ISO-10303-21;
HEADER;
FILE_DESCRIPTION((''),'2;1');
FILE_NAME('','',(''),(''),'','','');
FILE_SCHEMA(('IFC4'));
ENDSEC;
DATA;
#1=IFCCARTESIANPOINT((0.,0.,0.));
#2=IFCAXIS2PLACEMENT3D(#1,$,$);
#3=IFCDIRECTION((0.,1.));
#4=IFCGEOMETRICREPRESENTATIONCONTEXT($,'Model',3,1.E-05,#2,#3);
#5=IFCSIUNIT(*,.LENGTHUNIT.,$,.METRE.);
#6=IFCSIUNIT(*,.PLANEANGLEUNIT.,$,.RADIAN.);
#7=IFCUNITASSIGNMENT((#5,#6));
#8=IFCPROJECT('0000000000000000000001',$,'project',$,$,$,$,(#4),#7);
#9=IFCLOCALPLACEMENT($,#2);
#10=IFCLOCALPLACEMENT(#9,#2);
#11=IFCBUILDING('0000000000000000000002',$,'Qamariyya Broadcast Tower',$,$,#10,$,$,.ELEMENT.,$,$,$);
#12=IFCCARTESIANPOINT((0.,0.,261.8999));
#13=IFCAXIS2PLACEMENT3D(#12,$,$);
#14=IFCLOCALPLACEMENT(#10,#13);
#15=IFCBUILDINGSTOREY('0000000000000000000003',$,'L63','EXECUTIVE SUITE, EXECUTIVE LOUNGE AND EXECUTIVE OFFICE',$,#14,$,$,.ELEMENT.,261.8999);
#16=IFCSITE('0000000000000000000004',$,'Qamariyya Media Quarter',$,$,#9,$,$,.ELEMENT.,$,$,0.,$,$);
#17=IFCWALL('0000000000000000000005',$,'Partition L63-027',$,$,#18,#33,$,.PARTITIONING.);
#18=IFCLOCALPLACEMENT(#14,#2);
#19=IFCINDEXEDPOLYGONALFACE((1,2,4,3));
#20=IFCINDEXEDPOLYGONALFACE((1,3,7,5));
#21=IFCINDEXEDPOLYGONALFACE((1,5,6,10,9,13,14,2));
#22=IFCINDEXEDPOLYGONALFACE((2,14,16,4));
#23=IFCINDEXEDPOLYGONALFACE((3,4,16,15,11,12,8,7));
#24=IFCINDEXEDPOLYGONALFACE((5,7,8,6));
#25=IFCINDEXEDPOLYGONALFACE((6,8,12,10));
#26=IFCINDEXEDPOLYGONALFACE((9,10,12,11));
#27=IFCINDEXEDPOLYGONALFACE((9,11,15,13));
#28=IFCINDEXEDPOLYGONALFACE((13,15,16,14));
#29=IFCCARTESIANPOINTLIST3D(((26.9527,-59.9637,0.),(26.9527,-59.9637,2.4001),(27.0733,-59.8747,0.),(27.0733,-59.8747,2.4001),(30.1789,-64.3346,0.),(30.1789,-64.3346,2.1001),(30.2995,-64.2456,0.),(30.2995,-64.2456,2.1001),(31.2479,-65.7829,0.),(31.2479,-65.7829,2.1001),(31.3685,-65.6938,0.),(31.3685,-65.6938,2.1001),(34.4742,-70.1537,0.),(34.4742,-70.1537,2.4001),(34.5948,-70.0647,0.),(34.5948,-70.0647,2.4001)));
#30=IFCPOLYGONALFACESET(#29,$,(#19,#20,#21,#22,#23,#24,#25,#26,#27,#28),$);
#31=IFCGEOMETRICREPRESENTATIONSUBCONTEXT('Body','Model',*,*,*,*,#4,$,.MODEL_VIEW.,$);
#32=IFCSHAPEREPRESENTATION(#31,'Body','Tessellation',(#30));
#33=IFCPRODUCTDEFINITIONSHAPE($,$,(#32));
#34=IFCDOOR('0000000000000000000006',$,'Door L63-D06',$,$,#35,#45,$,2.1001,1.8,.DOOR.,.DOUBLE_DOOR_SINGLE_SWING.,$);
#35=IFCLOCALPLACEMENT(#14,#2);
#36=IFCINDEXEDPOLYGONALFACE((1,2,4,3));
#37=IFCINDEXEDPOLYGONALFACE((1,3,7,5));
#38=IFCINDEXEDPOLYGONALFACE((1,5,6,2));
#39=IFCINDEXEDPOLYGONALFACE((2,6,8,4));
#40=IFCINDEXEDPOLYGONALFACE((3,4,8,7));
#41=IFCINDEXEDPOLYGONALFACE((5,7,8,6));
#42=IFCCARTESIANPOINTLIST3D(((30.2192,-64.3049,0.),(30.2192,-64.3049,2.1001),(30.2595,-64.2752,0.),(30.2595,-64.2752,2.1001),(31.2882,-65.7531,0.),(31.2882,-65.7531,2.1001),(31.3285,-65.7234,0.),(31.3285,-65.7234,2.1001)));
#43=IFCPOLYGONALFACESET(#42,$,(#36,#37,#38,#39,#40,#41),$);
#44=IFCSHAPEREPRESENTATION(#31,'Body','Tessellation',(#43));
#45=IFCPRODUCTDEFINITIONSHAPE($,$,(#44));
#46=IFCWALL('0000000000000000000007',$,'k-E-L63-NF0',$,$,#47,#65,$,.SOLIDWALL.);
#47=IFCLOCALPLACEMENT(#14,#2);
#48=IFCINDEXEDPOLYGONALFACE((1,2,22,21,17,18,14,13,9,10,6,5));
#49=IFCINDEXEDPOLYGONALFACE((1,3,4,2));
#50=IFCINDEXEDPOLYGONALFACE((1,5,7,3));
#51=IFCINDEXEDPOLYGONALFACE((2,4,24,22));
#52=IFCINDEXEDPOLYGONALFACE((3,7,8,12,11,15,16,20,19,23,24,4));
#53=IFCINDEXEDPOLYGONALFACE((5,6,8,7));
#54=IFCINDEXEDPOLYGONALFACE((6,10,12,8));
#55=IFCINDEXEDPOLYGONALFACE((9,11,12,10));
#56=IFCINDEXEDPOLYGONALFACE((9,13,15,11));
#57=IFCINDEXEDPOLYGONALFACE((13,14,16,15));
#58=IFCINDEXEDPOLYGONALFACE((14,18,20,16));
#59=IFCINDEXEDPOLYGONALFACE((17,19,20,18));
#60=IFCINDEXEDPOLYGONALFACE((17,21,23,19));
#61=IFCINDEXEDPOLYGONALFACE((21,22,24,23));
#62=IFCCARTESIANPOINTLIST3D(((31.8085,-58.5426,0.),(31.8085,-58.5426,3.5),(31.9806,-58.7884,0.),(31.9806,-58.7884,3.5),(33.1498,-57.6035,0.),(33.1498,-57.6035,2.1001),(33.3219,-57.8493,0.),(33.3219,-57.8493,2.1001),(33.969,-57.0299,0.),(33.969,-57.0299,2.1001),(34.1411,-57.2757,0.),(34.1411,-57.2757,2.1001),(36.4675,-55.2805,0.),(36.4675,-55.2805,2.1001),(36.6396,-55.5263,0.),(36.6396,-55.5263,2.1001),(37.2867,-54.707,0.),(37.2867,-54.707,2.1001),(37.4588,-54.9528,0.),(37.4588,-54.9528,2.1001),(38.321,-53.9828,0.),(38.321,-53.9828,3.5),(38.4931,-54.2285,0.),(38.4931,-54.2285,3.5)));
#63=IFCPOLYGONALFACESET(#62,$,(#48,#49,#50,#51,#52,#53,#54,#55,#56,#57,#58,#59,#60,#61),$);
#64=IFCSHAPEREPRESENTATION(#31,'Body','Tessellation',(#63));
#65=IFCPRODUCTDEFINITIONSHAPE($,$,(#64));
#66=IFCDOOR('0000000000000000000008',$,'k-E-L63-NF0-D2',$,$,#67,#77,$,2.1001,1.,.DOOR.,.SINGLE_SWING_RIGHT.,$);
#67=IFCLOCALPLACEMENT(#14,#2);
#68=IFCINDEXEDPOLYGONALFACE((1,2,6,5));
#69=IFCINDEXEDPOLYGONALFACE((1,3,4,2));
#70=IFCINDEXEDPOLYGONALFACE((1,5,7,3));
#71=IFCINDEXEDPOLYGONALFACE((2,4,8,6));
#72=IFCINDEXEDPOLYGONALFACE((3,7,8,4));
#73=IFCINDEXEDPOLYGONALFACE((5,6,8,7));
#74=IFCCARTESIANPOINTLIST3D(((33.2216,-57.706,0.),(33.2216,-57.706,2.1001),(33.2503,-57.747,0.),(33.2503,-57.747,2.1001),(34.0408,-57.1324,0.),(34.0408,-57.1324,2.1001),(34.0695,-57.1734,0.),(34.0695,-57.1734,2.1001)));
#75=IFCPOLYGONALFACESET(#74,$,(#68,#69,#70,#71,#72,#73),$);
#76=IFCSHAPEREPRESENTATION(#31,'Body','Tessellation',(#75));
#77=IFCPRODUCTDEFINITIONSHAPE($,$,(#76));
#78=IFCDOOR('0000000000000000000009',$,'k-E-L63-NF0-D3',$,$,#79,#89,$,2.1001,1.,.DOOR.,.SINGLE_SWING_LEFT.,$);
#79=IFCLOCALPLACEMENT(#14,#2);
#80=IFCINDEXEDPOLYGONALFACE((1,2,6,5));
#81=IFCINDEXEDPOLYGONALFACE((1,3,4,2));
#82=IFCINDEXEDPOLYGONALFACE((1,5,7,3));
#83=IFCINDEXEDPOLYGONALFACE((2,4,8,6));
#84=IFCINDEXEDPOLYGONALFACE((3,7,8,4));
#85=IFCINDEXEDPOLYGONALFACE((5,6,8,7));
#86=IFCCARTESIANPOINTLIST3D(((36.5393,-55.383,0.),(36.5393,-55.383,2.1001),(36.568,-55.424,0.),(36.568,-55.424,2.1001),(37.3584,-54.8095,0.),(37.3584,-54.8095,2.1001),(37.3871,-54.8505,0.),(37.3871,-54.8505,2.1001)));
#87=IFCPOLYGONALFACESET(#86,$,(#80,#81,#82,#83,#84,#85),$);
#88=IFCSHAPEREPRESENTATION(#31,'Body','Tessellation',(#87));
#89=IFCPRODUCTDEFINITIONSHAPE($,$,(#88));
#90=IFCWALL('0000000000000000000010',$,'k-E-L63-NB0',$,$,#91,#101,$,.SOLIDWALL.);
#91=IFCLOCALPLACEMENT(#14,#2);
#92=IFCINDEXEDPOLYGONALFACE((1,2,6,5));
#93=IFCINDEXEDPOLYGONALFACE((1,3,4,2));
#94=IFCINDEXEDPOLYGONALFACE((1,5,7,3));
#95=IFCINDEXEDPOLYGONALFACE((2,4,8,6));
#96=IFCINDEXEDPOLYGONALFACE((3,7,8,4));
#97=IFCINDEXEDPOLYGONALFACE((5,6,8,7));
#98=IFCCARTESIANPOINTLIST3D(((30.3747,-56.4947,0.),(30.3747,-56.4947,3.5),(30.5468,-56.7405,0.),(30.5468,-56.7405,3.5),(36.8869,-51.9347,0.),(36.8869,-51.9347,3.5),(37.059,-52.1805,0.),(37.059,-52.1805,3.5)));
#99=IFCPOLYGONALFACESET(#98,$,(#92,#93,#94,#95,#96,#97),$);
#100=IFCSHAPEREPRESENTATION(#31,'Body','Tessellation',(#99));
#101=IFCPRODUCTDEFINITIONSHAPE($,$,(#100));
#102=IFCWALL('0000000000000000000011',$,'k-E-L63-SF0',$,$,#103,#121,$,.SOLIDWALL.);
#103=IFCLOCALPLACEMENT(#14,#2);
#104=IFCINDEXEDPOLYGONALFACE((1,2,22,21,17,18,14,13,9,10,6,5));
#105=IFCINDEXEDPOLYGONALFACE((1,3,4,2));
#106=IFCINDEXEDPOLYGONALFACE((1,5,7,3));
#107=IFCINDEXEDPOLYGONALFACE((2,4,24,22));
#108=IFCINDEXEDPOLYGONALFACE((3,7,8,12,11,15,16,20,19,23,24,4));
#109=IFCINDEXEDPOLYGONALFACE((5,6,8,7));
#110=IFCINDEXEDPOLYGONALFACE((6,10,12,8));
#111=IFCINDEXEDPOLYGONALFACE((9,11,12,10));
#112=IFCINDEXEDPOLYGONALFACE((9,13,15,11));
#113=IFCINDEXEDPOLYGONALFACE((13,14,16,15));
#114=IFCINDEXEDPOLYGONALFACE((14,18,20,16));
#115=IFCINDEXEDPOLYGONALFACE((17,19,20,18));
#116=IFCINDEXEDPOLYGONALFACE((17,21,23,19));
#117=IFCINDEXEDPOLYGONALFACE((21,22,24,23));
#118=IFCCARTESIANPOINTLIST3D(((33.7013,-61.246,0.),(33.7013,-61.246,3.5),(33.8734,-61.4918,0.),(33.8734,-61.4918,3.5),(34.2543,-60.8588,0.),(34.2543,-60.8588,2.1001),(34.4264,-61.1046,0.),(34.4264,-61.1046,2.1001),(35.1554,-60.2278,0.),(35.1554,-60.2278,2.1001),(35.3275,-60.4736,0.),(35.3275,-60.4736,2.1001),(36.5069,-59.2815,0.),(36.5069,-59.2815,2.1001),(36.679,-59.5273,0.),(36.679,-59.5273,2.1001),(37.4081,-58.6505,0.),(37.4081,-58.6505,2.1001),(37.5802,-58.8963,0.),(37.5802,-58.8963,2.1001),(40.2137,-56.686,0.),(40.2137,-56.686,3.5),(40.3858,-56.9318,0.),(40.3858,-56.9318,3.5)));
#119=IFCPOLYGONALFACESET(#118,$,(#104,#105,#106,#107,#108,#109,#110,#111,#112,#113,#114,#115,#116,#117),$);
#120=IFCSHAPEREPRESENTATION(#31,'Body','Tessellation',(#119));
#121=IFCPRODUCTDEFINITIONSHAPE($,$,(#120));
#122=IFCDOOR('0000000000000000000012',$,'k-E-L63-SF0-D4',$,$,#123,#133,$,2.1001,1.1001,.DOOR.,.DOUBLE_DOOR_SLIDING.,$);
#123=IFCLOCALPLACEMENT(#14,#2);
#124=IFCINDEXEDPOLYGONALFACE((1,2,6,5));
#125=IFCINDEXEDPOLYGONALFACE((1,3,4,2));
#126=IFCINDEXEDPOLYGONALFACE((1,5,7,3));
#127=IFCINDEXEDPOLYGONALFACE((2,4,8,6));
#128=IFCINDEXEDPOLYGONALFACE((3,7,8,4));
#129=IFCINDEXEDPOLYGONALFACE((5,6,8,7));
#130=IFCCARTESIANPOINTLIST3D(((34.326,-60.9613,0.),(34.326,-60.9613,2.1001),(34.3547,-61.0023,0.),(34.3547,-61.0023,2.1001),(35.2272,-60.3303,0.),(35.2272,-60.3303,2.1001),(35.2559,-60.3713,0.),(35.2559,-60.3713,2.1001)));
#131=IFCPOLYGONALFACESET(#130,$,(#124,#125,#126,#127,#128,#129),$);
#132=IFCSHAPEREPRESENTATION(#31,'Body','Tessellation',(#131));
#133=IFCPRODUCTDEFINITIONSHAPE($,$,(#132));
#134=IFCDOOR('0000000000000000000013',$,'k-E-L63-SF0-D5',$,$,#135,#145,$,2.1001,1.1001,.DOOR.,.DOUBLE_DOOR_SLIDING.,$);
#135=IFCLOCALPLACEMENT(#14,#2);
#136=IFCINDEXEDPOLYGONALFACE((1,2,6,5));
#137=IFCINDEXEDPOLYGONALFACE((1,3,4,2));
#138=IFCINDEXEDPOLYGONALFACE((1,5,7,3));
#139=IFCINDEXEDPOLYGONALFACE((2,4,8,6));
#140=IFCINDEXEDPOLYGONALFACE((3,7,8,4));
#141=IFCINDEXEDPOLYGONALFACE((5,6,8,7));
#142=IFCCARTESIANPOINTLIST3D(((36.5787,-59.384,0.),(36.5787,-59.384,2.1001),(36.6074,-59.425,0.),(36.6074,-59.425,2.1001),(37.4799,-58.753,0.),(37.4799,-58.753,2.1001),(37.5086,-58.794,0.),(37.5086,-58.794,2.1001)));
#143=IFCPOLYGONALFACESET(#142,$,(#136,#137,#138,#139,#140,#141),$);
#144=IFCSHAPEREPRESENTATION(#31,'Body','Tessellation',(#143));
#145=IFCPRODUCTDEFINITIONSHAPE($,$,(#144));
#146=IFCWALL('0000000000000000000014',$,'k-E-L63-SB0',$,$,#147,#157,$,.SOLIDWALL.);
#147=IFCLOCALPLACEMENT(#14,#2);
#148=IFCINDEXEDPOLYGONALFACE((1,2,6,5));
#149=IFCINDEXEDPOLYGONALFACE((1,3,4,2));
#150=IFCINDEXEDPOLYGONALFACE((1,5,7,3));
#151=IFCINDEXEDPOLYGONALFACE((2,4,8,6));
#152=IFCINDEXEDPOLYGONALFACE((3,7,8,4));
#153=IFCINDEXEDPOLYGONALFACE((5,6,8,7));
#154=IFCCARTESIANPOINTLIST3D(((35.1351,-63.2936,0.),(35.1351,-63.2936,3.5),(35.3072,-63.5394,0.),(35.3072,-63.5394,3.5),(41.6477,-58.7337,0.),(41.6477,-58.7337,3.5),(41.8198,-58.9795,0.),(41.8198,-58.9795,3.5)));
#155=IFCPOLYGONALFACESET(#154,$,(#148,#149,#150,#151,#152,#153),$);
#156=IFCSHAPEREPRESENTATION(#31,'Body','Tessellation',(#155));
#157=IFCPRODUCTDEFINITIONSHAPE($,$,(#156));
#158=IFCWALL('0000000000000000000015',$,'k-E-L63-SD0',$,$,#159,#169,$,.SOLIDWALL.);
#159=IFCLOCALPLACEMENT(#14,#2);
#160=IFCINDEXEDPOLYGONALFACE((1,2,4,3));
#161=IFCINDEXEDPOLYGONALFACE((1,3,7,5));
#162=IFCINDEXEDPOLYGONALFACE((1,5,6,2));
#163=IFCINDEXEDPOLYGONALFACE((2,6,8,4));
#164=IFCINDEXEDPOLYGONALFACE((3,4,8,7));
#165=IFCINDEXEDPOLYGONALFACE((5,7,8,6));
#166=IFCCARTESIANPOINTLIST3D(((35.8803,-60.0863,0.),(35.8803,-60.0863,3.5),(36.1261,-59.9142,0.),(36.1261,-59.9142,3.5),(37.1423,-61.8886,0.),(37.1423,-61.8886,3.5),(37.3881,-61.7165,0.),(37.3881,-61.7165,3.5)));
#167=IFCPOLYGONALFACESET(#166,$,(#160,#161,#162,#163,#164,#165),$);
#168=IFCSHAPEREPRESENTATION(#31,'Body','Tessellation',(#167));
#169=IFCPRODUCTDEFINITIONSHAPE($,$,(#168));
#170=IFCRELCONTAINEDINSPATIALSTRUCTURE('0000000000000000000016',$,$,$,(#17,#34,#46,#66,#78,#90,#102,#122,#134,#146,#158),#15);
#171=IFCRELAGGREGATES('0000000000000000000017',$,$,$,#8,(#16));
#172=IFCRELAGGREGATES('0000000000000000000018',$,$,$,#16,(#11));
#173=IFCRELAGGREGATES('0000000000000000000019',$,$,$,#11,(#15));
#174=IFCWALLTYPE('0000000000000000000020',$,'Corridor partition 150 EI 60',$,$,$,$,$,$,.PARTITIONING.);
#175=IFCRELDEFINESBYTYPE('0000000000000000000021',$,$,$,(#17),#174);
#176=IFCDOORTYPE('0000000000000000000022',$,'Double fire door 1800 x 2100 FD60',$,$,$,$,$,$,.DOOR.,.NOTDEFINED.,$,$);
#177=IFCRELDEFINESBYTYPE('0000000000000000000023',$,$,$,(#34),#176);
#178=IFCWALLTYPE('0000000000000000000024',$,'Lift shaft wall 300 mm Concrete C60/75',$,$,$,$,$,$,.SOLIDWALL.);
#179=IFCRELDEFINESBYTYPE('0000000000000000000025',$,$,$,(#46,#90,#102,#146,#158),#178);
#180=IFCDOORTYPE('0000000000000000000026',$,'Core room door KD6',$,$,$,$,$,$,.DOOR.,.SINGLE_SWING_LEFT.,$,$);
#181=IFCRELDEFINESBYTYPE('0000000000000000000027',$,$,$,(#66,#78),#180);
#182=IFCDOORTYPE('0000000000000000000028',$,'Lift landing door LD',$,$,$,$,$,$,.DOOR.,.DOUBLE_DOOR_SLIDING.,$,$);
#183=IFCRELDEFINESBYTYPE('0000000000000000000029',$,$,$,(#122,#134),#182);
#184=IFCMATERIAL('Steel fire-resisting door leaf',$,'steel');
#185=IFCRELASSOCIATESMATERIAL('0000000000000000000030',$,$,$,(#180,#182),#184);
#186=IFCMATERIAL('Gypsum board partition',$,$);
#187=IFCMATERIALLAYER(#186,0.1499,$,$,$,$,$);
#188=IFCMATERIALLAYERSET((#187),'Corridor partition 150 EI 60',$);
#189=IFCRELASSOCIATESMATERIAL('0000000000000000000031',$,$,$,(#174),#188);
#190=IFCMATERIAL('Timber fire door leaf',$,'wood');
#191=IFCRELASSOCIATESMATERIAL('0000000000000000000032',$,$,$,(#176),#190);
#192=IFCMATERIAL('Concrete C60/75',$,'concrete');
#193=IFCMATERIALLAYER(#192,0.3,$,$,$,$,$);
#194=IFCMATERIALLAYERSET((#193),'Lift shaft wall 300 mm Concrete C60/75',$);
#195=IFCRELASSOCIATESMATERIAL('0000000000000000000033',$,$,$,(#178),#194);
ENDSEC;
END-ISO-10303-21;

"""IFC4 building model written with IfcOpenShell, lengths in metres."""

from ifc_helpers import new_model, si_unit, direction, frame, frame_2d, origin, place, context, subcontext, project, spatial, rectangle, extrude, material, layer, layer_set, type_object, element, fill, save


model = new_model("IFC4")

# Units and contexts
model_context = context("Model", 3, precision=1e-05, world=origin(), true_north=direction((0.0, 1.0)))
body_context = subcontext(model_context, "Body", "Model", "MODEL_VIEW")
ifc_project = project(units=[si_unit("LENGTHUNIT", "METRE"), si_unit("PLANEANGLEUNIT", "RADIAN")], contexts=[model_context])

# Site, building, storey
site_placement = place(None, origin())
site = spatial("IfcSite", under=ifc_project, at=site_placement, Name="Qamariyya Media Quarter", CompositionType="ELEMENT", RefElevation=0.0)
building_placement = place(site_placement, origin())
building = spatial("IfcBuilding", under=site, at=building_placement, Name="Qamariyya Broadcast Tower", CompositionType="ELEMENT")
storey_placement = place(building_placement, frame((0.0, 0.0, 261.8999)))
storey = spatial("IfcBuildingStorey", under=building, at=storey_placement, Name="L63", Description="EXECUTIVE SUITE, EXECUTIVE LOUNGE AND EXECUTIVE OFFICE", CompositionType="ELEMENT", Elevation=261.8999)

# Shared definitions
ifc_material_1 = material(Name="Concrete C60/75", Category="concrete")
ifc_material_2 = material(Name="Steel fire-resisting door leaf", Category="steel")

# Shared definitions
door_type_1 = type_object("IfcDoorType", Name="Core room door KD6", OperationType="SINGLE_SWING_LEFT", PredefinedType="DOOR", material=ifc_material_2)

# Wall, opening, door
ifc_material_3 = material(Name="Gypsum board partition")
ifc_layer_1 = layer(ifc_material_3, 0.1499)
ifc_layer_set_1 = layer_set([ifc_layer_1], Name="Corridor partition 150 EI 60")
wall_type_1 = type_object("IfcWallType", Name="Corridor partition 150 EI 60", PredefinedType="PARTITIONING", material=ifc_layer_set_1)
wall_1_placement = place(storey_placement, frame((34.5344, -70.1091, 0.0), z_axis=(0.0, 0.0, 1.0), x_axis=(-0.59387, 0.804561, 0.0)))
wall_1 = element("IfcWall", 1, at=wall_1_placement, inside=storey, type_object=wall_type_1, Name="Partition L63-027", PredefinedType="PARTITIONING", context=body_context, shape_type="SweptSolid", body=[
    extrude(rectangle(XDim=12.6653, YDim=0.1499, at=frame_2d((6.3325, 0.0))), origin(), (0.0, 0.0, 1.0), 2.4001),
])
opening_1_placement = place(wall_1_placement, frame((5.4326, 0.0, 0.0)))
opening_1 = element("IfcOpeningElement", 2, at=opening_1_placement, cuts=wall_1, PredefinedType="OPENING", context=body_context, shape_type="SweptSolid", body=[
    extrude(rectangle(XDim=1.8, YDim=2.1001, at=frame_2d((0.8999, 1.05))), frame((0.0, 0.085, 0.0), z_axis=(0.0, -1.0, 0.0), x_axis=(1.0, 0.0, 0.0)), (0.0, 0.0, 1.0), 0.1699),
])
ifc_material_4 = material(Name="Timber fire door leaf", Category="wood")
door_type_2 = type_object("IfcDoorType", Name="Double fire door 1800 x 2100 FD60", OperationType="NOTDEFINED", PredefinedType="DOOR", material=ifc_material_4)
door_1_placement = place(opening_1_placement, origin())
door_1 = element("IfcDoor", 3, at=door_1_placement, inside=storey, type_object=door_type_2, Name="Door L63-D06", OperationType="DOUBLE_DOOR_SINGLE_SWING", OverallHeight=2.1001, OverallWidth=1.8, PredefinedType="DOOR", context=body_context, shape_type="SweptSolid", body=[
    extrude(rectangle(XDim=1.8, YDim=2.1001, at=frame_2d((0.8999, 1.05))), frame((0.0, 0.0249, 0.0), z_axis=(0.0, -1.0, 0.0), x_axis=(1.0, 0.0, 0.0)), (0.0, 0.0, 1.0), 0.05),
])
fill(opening_1, door_1)

# Wall, openings, doors
ifc_layer_2 = layer(ifc_material_1, 0.3)
ifc_layer_set_2 = layer_set([ifc_layer_2], Name="Lift shaft wall 300 mm Concrete C60/75")
wall_type_2 = type_object("IfcWallType", Name="Lift shaft wall 300 mm Concrete C60/75", PredefinedType="SOLIDWALL", material=ifc_layer_set_2)
wall_2_placement = place(storey_placement, frame((31.8945, -58.6655, 0.0), z_axis=(0.0, 0.0, 1.0), x_axis=(0.819167, 0.573555, 0.0)))
wall_2 = element("IfcWall", 4, at=wall_2_placement, inside=storey, type_object=wall_type_2, Name="k-E-L63-NF0", PredefinedType="SOLIDWALL", context=body_context, shape_type="SweptSolid", body=[
    extrude(rectangle(XDim=7.9502, YDim=0.3, at=frame_2d((3.9751, 0.0))), origin(), (0.0, 0.0, 1.0), 3.5),
])
opening_2_placement = place(wall_2_placement, frame((1.6375, 0.0, 0.0)))
opening_2 = element("IfcOpeningElement", 5, at=opening_2_placement, cuts=wall_2, PredefinedType="OPENING", context=body_context, shape_type="SweptSolid", body=[
    extrude(rectangle(XDim=1.0, YDim=2.1001, at=frame_2d((0.5, 1.05))), frame((0.0, 0.1599, 0.0), z_axis=(0.0, -1.0, 0.0), x_axis=(1.0, 0.0, 0.0)), (0.0, 0.0, 1.0), 0.3201),
])
opening_3_placement = place(wall_2_placement, frame((5.6875, 0.0, 0.0)))
opening_3 = element("IfcOpeningElement", 6, at=opening_3_placement, cuts=wall_2, PredefinedType="OPENING", context=body_context, shape_type="SweptSolid", body=[
    extrude(rectangle(XDim=1.0, YDim=2.1001, at=frame_2d((0.5, 1.05))), frame((0.0, 0.1599, 0.0), z_axis=(0.0, -1.0, 0.0), x_axis=(1.0, 0.0, 0.0)), (0.0, 0.0, 1.0), 0.3201),
])
door_2_placement = place(opening_2_placement, origin())
door_2 = element("IfcDoor", 7, at=door_2_placement, inside=storey, type_object=door_type_1, Name="k-E-L63-NF0-D2", OperationType="SINGLE_SWING_RIGHT", OverallHeight=2.1001, OverallWidth=1.0, PredefinedType="DOOR", context=body_context, shape_type="SweptSolid", body=[
    extrude(rectangle(XDim=1.0, YDim=2.1001, at=frame_2d((0.5, 1.05))), frame((0.0, 0.0249, 0.0), z_axis=(0.0, -1.0, 0.0), x_axis=(1.0, 0.0, 0.0)), (0.0, 0.0, 1.0), 0.05),
])
fill(opening_2, door_2)
door_3_placement = place(opening_3_placement, origin())
door_3 = element("IfcDoor", 8, at=door_3_placement, inside=storey, type_object=door_type_1, Name="k-E-L63-NF0-D3", OperationType="SINGLE_SWING_LEFT", OverallHeight=2.1001, OverallWidth=1.0, PredefinedType="DOOR", context=body_context, shape_type="SweptSolid", body=[
    extrude(rectangle(XDim=1.0, YDim=2.1001, at=frame_2d((0.5, 1.05))), frame((0.0, 0.0249, 0.0), z_axis=(0.0, -1.0, 0.0), x_axis=(1.0, 0.0, 0.0)), (0.0, 0.0, 1.0), 0.05),
])
fill(opening_3, door_3)

# Wall
wall_3_placement = place(storey_placement, frame((30.4607, -56.6177, 0.0), z_axis=(0.0, 0.0, 1.0), x_axis=(0.819142, 0.57359, 0.0)))
element("IfcWall", 9, at=wall_3_placement, inside=storey, type_object=wall_type_2, Name="k-E-L63-NB0", PredefinedType="SOLIDWALL", context=body_context, shape_type="SweptSolid", body=[
    extrude(rectangle(XDim=7.95, YDim=0.3, at=frame_2d((3.9751, 0.0))), origin(), (0.0, 0.0, 1.0), 3.5),
])

# Wall, openings, doors
wall_4_placement = place(storey_placement, frame((33.7874, -61.3689, 0.0), z_axis=(0.0, 0.0, 1.0), x_axis=(0.819153, 0.573576, 0.0)))
wall_4 = element("IfcWall", 10, at=wall_4_placement, inside=storey, type_object=wall_type_2, Name="k-E-L63-SF0", PredefinedType="SOLIDWALL", context=body_context, shape_type="SweptSolid", body=[
    extrude(rectangle(XDim=7.9502, YDim=0.3, at=frame_2d((3.9751, 0.0))), origin(), (0.0, 0.0, 1.0), 3.5),
])
opening_4_placement = place(wall_4_placement, frame((0.675, 0.0, 0.0)))
opening_4 = element("IfcOpeningElement", 11, at=opening_4_placement, cuts=wall_4, PredefinedType="OPENING", context=body_context, shape_type="SweptSolid", body=[
    extrude(rectangle(XDim=1.1001, YDim=2.1001, at=frame_2d((0.55, 1.05))), frame((0.0, 0.1599, 0.0), z_axis=(0.0, -1.0, 0.0), x_axis=(1.0, 0.0, 0.0)), (0.0, 0.0, 1.0), 0.3201),
])
opening_5_placement = place(wall_4_placement, frame((3.425, 0.0, 0.0)))
opening_5 = element("IfcOpeningElement", 12, at=opening_5_placement, cuts=wall_4, PredefinedType="OPENING", context=body_context, shape_type="SweptSolid", body=[
    extrude(rectangle(XDim=1.1001, YDim=2.1001, at=frame_2d((0.55, 1.05))), frame((0.0, 0.1599, 0.0), z_axis=(0.0, -1.0, 0.0), x_axis=(1.0, 0.0, 0.0)), (0.0, 0.0, 1.0), 0.3201),
])
door_type_3 = type_object("IfcDoorType", Name="Lift landing door LD", OperationType="DOUBLE_DOOR_SLIDING", PredefinedType="DOOR", material=ifc_material_2)
door_4_placement = place(opening_4_placement, origin())
door_4 = element("IfcDoor", 13, at=door_4_placement, inside=storey, type_object=door_type_3, Name="k-E-L63-SF0-D4", OperationType="DOUBLE_DOOR_SLIDING", OverallHeight=2.1001, OverallWidth=1.1001, PredefinedType="DOOR", context=body_context, shape_type="SweptSolid", body=[
    extrude(rectangle(XDim=1.1001, YDim=2.1001, at=frame_2d((0.55, 1.05))), frame((0.0, 0.0249, 0.0), z_axis=(0.0, -1.0, 0.0), x_axis=(1.0, 0.0, 0.0)), (0.0, 0.0, 1.0), 0.05),
])
fill(opening_4, door_4)
door_5_placement = place(opening_5_placement, origin())
door_5 = element("IfcDoor", 14, at=door_5_placement, inside=storey, type_object=door_type_3, Name="k-E-L63-SF0-D5", OperationType="DOUBLE_DOOR_SLIDING", OverallHeight=2.1001, OverallWidth=1.1001, PredefinedType="DOOR", context=body_context, shape_type="SweptSolid", body=[
    extrude(rectangle(XDim=1.1001, YDim=2.1001, at=frame_2d((0.55, 1.05))), frame((0.0, 0.0249, 0.0), z_axis=(0.0, -1.0, 0.0), x_axis=(1.0, 0.0, 0.0)), (0.0, 0.0, 1.0), 0.05),
])
fill(opening_5, door_5)

# Walls
wall_5_placement = place(storey_placement, frame((35.2212, -63.4165, 0.0), z_axis=(0.0, 0.0, 1.0), x_axis=(0.819167, 0.573555, 0.0)))
element("IfcWall", 15, at=wall_5_placement, inside=storey, type_object=wall_type_2, Name="k-E-L63-SB0", PredefinedType="SOLIDWALL", context=body_context, shape_type="SweptSolid", body=[
    extrude(rectangle(XDim=7.9502, YDim=0.3, at=frame_2d((3.9751, 0.0))), origin(), (0.0, 0.0, 1.0), 3.5),
])
wall_6_placement = place(storey_placement, frame((36.0032, -60.0002, 0.0), z_axis=(0.0, 0.0, 1.0), x_axis=(0.573581, -0.819149, 0.0)))
element("IfcWall", 16, at=wall_6_placement, inside=storey, type_object=wall_type_2, Name="k-E-L63-SD0", PredefinedType="SOLIDWALL", context=body_context, shape_type="SweptSolid", body=[
    extrude(rectangle(XDim=2.2002, YDim=0.3, at=frame_2d((1.1001, 0.0))), origin(), (0.0, 0.0, 1.0), 3.5),
])

save(model, "model.ifc")
